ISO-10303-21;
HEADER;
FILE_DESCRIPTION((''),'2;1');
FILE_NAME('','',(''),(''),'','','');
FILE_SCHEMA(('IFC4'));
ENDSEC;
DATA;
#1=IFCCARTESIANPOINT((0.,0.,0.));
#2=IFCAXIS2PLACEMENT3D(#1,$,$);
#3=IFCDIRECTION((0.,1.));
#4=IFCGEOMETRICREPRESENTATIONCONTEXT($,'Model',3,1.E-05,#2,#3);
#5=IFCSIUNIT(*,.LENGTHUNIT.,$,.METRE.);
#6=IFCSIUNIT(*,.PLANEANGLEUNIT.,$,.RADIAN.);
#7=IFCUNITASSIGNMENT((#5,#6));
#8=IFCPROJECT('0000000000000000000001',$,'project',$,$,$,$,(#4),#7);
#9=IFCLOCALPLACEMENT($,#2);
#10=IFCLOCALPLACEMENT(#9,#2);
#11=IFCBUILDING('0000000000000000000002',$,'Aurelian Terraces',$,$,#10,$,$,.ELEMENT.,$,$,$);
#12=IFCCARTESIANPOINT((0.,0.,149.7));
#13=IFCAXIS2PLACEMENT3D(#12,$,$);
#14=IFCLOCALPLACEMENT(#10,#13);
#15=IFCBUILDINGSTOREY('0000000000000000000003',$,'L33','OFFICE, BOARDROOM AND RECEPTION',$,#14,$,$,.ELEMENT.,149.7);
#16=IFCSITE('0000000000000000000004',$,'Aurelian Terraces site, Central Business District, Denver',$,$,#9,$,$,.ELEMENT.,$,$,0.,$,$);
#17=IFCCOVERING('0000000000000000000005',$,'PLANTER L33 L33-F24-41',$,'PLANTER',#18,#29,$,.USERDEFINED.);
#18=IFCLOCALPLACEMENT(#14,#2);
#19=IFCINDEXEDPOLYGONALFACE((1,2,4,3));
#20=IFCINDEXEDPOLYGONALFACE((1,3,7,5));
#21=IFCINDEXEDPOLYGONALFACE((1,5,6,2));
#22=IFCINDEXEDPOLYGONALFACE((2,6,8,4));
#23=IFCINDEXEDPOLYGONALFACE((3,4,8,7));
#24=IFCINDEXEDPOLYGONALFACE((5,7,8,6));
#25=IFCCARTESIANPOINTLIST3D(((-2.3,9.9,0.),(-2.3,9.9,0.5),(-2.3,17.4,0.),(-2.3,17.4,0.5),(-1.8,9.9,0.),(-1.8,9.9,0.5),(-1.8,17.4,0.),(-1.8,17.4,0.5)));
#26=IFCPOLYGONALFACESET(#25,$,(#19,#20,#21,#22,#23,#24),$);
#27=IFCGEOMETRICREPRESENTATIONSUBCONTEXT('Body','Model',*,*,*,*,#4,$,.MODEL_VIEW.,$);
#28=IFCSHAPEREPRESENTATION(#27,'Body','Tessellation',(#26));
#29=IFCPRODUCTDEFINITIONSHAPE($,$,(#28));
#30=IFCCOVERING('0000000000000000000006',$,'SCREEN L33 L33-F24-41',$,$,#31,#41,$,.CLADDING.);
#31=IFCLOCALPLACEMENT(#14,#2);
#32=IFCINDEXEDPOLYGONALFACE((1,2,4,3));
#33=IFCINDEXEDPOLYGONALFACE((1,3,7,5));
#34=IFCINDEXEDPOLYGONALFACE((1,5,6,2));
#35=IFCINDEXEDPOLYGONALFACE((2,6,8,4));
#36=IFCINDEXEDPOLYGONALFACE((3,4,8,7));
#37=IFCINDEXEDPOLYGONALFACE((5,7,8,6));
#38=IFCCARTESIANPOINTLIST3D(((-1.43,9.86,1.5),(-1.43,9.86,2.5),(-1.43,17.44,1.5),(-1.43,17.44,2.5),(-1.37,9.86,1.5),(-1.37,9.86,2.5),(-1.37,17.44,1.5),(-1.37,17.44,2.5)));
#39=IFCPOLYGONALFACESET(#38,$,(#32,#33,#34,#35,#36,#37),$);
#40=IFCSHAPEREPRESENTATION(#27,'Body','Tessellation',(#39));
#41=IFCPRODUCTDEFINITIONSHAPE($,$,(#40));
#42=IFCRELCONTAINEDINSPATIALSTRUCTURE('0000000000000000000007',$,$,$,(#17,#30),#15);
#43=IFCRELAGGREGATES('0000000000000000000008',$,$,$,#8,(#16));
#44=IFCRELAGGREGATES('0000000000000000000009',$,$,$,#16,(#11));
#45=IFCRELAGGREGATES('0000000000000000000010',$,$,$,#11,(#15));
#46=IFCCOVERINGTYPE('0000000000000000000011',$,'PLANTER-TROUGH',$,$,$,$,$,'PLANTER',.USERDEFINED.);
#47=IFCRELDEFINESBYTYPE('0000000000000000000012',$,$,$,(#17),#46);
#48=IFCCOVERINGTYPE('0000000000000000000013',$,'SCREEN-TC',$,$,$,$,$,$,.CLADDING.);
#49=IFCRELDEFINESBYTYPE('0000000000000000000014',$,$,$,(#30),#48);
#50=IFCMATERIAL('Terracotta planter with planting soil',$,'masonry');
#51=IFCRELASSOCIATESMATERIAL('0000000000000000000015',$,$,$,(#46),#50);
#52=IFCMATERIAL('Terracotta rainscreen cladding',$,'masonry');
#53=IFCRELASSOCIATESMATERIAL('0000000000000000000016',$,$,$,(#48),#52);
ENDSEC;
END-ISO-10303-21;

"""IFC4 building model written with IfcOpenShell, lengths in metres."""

from ifc_helpers import new_model, si_unit, direction, frame, origin, origin_2d, place, context, subcontext, project, spatial, rectangle, extrude, source, transform, mapped, material, type_object, element, save


model = new_model("IFC4")

# Units and contexts
model_context = context("Model", 3, precision=1e-05, world=origin(), true_north=direction((0.0, 1.0)))
body_context = subcontext(model_context, "Body", "Model", "MODEL_VIEW")
ifc_project = project(units=[si_unit("LENGTHUNIT", "METRE"), si_unit("PLANEANGLEUNIT", "RADIAN")], contexts=[model_context])

# Site, building, storey
site_placement = place(None, origin())
site = spatial("IfcSite", under=ifc_project, at=site_placement, Name="Aurelian Terraces site, Central Business District, Denver", CompositionType="ELEMENT", RefElevation=0.0)
building_placement = place(site_placement, origin())
building = spatial("IfcBuilding", under=site, at=building_placement, Name="Aurelian Terraces", CompositionType="ELEMENT")
storey_placement = place(building_placement, frame((0.0, 0.0, 149.7)))
storey = spatial("IfcBuildingStorey", under=building, at=storey_placement, Name="L33", Description="OFFICE, BOARDROOM AND RECEPTION", CompositionType="ELEMENT", Elevation=149.7)

# Shared definitions
ifc_material_1 = material(Name="Terracotta rainscreen cladding", Category="masonry")

# Coverings
ifc_material_2 = material(Name="Terracotta planter with planting soil", Category="masonry")
covering_type_1 = type_object("IfcCoveringType", Name="PLANTER-TROUGH", ElementType="PLANTER", PredefinedType="USERDEFINED", material=ifc_material_2)
shared_shape_1 = source(origin(), body_context, "Body", "SweptSolid", [
    extrude(rectangle(XDim=0.5, YDim=7.5, at=origin_2d()), origin(), (0.0, 0.0, 1.0), 0.5),
])
covering_1_placement = place(storey_placement, frame((-2.05, 13.65, 0.0), z_axis=(0.0, 0.0, 1.0), x_axis=(1.0, 0.0, 0.0)))
element("IfcCovering", 1, at=covering_1_placement, inside=storey, type_object=covering_type_1, Name="PLANTER L33 L33-F24-41", ObjectType="PLANTER", PredefinedType="USERDEFINED", context=body_context, shape_type="MappedRepresentation", body=[
    mapped(shared_shape_1, transform((0.0, 0.0, 0.0), scale=1.0)),
])
covering_type_2 = type_object("IfcCoveringType", Name="SCREEN-TC", PredefinedType="CLADDING", material=ifc_material_1)
shared_shape_2 = source(origin(), body_context, "Body", "SweptSolid", [
    extrude(rectangle(XDim=0.06, YDim=7.58, at=origin_2d()), origin(), (0.0, 0.0, 1.0), 1.0),
])
covering_2_placement = place(storey_placement, frame((-1.4, 13.65, 1.5), z_axis=(0.0, 0.0, 1.0), x_axis=(1.0, 0.0, 0.0)))
element("IfcCovering", 2, at=covering_2_placement, inside=storey, type_object=covering_type_2, Name="SCREEN L33 L33-F24-41", PredefinedType="CLADDING", context=body_context, shape_type="MappedRepresentation", body=[
    mapped(shared_shape_2, transform((0.0, 0.0, 0.0), scale=1.0)),
])

save(model, "model.ifc")
